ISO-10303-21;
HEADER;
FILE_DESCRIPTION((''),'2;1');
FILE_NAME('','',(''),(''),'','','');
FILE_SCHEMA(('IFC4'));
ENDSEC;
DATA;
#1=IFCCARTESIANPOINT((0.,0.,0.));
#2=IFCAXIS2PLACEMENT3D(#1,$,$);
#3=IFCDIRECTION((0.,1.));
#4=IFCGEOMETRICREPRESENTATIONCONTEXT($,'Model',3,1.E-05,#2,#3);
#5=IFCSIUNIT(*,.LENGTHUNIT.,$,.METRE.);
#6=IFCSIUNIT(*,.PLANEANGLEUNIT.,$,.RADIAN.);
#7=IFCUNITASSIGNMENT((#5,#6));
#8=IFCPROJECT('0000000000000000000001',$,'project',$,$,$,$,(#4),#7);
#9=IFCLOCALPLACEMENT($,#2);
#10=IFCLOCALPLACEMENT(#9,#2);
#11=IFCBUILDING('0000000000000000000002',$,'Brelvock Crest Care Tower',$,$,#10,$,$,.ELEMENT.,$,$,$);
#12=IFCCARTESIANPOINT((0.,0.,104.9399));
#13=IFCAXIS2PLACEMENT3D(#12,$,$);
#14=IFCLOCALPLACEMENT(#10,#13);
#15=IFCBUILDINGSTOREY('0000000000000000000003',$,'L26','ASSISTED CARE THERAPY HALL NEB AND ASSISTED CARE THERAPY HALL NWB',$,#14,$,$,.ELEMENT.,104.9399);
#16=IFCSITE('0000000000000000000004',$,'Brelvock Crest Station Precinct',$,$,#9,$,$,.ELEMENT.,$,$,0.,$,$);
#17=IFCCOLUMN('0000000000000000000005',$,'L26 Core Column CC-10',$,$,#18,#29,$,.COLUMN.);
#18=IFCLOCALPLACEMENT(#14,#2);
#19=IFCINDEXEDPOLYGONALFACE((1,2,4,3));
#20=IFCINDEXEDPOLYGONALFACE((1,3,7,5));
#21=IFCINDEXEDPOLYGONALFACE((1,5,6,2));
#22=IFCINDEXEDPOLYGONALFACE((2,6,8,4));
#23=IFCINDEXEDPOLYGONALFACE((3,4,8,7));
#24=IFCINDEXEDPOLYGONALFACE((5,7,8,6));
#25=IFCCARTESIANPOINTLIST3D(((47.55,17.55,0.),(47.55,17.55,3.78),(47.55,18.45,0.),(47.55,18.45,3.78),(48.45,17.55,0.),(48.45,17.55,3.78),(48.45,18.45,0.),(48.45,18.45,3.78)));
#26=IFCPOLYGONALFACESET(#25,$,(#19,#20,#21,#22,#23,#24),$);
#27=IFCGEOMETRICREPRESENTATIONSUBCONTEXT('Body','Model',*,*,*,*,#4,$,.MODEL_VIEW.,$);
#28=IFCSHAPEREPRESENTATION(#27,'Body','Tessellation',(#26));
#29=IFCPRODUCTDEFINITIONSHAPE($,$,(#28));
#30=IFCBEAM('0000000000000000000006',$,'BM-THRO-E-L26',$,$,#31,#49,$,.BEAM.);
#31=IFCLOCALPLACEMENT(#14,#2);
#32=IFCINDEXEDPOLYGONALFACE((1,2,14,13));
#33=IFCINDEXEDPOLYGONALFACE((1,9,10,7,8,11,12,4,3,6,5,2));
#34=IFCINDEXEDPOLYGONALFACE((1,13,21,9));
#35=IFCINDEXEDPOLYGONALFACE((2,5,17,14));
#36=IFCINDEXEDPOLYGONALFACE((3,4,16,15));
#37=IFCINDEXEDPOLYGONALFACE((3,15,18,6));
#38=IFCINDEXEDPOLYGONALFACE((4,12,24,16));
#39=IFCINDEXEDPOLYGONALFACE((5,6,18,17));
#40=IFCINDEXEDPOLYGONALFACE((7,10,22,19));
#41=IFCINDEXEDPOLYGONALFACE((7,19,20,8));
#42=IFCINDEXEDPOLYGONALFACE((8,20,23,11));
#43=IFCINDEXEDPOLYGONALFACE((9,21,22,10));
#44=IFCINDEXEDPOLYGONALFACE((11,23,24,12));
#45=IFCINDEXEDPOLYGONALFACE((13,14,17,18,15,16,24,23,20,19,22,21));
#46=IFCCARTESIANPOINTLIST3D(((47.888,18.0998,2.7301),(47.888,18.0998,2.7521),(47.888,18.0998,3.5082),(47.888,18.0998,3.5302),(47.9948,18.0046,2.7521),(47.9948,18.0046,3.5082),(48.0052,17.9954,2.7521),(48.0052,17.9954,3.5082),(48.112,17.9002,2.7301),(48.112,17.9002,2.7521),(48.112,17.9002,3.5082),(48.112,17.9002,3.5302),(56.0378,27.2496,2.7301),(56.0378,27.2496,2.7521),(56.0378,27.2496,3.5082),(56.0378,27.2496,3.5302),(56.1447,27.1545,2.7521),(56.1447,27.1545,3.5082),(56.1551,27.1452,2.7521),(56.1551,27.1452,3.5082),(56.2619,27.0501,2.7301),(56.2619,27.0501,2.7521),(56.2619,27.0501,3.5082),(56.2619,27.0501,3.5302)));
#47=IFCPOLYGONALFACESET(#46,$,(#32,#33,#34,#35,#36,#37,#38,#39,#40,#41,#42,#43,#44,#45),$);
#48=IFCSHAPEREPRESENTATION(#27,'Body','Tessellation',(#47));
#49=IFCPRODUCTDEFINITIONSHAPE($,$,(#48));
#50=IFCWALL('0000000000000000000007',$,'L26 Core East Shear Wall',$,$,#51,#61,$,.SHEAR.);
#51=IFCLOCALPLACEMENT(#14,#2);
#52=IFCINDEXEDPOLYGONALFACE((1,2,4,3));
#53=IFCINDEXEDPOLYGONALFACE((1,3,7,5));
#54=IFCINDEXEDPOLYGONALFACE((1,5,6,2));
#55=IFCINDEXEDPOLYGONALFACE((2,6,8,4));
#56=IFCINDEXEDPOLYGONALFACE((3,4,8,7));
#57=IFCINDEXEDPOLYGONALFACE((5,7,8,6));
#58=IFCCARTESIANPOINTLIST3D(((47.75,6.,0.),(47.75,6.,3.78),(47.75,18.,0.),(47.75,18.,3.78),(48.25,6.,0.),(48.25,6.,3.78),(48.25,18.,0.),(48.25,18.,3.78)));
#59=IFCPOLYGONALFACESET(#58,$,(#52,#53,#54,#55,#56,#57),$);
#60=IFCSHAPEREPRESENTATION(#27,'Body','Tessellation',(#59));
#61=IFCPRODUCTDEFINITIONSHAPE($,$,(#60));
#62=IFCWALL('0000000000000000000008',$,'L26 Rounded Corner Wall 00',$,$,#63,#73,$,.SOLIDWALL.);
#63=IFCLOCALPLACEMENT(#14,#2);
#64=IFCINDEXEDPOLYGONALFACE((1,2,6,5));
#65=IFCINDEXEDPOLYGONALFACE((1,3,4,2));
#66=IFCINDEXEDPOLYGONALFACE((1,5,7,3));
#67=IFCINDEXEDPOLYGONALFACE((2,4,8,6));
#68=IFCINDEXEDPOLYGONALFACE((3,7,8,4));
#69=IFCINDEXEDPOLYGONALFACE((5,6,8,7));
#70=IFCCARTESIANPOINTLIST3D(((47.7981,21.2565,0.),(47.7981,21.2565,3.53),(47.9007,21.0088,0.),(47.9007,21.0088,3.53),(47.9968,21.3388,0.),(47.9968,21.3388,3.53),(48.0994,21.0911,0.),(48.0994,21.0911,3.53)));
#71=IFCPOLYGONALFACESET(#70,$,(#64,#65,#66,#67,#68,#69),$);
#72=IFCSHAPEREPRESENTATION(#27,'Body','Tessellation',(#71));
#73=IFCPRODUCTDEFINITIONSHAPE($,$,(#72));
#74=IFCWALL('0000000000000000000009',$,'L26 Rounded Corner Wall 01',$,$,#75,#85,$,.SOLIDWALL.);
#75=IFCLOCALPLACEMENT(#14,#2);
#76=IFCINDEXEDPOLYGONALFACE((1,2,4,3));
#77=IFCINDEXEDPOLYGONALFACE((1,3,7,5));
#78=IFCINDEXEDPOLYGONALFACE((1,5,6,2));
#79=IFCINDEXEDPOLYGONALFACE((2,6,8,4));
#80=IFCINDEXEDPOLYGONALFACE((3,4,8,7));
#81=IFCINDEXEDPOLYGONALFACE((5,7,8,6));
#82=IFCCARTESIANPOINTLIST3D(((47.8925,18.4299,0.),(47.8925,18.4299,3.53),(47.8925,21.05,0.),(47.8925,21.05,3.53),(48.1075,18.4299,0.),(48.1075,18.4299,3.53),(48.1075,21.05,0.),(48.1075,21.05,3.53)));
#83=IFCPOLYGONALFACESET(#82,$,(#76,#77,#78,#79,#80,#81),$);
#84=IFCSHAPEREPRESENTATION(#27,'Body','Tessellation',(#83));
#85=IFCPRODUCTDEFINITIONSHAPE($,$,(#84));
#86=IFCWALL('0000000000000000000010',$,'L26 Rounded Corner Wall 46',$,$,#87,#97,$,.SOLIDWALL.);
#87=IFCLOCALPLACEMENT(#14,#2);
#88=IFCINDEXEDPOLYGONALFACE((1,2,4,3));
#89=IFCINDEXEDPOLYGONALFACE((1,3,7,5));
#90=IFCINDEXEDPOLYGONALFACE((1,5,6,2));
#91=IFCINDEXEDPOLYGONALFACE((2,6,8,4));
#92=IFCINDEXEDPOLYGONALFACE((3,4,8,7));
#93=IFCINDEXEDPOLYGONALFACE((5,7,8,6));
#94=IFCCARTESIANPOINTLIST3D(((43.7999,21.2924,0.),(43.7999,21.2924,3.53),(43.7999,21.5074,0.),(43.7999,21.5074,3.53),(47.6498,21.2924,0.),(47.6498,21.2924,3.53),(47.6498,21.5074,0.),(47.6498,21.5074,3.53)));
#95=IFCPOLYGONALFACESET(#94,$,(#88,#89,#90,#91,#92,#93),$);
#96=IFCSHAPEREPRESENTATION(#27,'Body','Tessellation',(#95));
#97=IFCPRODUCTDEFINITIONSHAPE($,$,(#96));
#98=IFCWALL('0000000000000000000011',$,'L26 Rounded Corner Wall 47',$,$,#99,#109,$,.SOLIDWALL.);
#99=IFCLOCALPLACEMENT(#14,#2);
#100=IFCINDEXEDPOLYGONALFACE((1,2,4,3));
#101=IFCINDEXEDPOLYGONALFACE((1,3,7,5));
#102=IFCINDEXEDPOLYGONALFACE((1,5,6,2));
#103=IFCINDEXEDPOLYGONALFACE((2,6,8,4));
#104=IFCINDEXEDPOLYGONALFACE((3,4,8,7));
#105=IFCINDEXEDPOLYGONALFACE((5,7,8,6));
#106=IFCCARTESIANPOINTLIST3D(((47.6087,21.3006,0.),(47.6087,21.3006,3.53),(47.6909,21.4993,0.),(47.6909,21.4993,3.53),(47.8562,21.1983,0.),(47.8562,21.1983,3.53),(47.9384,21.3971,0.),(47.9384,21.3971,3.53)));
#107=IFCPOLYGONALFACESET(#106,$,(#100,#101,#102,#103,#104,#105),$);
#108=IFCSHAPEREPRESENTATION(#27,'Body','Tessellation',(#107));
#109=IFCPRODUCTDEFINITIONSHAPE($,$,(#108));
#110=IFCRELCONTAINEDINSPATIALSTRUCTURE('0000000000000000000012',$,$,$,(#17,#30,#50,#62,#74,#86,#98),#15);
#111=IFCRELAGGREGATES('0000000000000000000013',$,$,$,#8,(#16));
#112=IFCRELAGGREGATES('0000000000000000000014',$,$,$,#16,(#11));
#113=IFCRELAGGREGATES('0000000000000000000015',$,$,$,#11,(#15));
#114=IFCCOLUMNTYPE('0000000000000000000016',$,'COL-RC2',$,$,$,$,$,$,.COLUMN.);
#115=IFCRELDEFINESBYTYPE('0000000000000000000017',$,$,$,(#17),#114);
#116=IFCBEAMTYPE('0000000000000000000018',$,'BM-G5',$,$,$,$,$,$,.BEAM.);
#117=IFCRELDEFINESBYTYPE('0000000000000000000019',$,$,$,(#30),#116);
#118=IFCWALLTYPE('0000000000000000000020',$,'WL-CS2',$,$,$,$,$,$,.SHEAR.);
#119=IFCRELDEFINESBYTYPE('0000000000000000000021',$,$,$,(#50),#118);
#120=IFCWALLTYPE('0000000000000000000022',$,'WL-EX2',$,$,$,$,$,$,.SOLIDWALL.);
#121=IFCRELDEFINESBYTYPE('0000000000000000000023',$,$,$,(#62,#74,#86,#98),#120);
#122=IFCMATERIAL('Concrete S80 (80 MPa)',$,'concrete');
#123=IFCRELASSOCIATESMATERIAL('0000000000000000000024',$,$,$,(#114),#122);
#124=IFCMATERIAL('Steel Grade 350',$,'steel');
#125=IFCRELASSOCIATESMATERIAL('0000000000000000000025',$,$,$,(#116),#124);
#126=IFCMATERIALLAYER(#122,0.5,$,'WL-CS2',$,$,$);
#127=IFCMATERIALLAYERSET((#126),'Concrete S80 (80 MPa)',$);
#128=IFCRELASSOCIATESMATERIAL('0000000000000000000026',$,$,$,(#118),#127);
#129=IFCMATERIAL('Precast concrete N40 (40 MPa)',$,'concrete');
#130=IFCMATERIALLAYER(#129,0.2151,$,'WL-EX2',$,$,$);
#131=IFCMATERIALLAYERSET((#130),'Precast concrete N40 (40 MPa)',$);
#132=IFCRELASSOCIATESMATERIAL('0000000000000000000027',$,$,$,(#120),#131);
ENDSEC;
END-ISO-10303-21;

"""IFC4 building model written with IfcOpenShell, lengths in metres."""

from ifc_helpers import new_model, si_unit, direction, frame, frame_2d, origin, origin_2d, place, context, subcontext, project, spatial, rectangle, i_section, extrude, source, transform, mapped, material, layer, layer_set, material_profile, profile_set, type_object, element, save


model = new_model("IFC4")

# Units and contexts
model_context = context("Model", 3, precision=1e-05, world=origin(), true_north=direction((0.0, 1.0)))
body_context = subcontext(model_context, "Body", "Model", "MODEL_VIEW")
ifc_project = project(units=[si_unit("LENGTHUNIT", "METRE"), si_unit("PLANEANGLEUNIT", "RADIAN")], contexts=[model_context])

# Site, building, storey
site_placement = place(None, origin())
site = spatial("IfcSite", under=ifc_project, at=site_placement, Name="Brelvock Crest Station Precinct", CompositionType="ELEMENT", RefElevation=0.0)
building_placement = place(site_placement, origin())
building = spatial("IfcBuilding", under=site, at=building_placement, Name="Brelvock Crest Care Tower", CompositionType="ELEMENT")
storey_placement = place(building_placement, frame((0.0, 0.0, 104.9399)))
storey = spatial("IfcBuildingStorey", under=building, at=storey_placement, Name="L26", Description="ASSISTED CARE THERAPY HALL NEB AND ASSISTED CARE THERAPY HALL NWB", CompositionType="ELEMENT", Elevation=104.9399)

# Column
ifc_material_1 = material(Name="Concrete S80 (80 MPa)", Category="concrete")
ifc_material_profile_1 = material_profile(ifc_material_1, rectangle(XDim=0.8999, YDim=0.8999, at=origin_2d()), Name="RC900x900")
ifc_profile_set_1 = profile_set([ifc_material_profile_1], Name="Concrete S80 (80 MPa)")
column_type = type_object("IfcColumnType", Name="COL-RC2", PredefinedType="COLUMN", material=ifc_profile_set_1)
shared_shape_1 = source(origin(), body_context, "Body", "SweptSolid", [
    extrude(rectangle(XDim=0.8999, YDim=0.8999, at=origin_2d()), origin(), (0.0, 0.0, 1.0), 3.78),
])
column_placement = place(storey_placement, frame((48.0, 18.0, 0.0), z_axis=(0.0, 0.0, 1.0), x_axis=(1.0, 0.0, 0.0)))
element("IfcColumn", 1, at=column_placement, inside=storey, type_object=column_type, Name="L26 Core Column CC-10", PredefinedType="COLUMN", context=body_context, shape_type="MappedRepresentation", body=[
    mapped(shared_shape_1, transform((0.0, 0.0, 0.0), x_axis=(1.0, 0.0, 0.0), y_axis=(0.0, 1.0, 0.0), z_axis=(0.0, 0.0, 1.0), scale=1.0)),
])

# Beam
ifc_material_2 = material(Name="Steel Grade 350", Category="steel")
ifc_material_profile_2 = material_profile(ifc_material_2, i_section(OverallWidth=0.3, OverallDepth=0.8, WebThickness=0.0139, FlangeThickness=0.022, at=origin_2d()), Name="800WB192")
ifc_profile_set_2 = profile_set([ifc_material_profile_2], Name="Steel Grade 350")
beam_type = type_object("IfcBeamType", Name="BM-G5", PredefinedType="BEAM", material=ifc_profile_set_2)
shared_shape_2 = source(origin(), body_context, "Body", "SweptSolid", [
    extrude(i_section(OverallWidth=0.3, OverallDepth=0.8, WebThickness=0.0139, FlangeThickness=0.022, at=origin_2d()), origin(), (0.0, 0.0, 1.0), 12.2532),
])
beam_placement = place(storey_placement, frame((48.0, 18.0, 3.1301), z_axis=(0.665123, 0.746734, 0.0), x_axis=(-0.746734, 0.665123, 0.0)))
element("IfcBeam", 2, at=beam_placement, inside=storey, type_object=beam_type, Name="BM-THRO-E-L26", PredefinedType="BEAM", context=body_context, shape_type="MappedRepresentation", body=[
    mapped(shared_shape_2, transform((0.0, 0.0, 0.0), x_axis=(1.0, 0.0, 0.0), y_axis=(0.0, 1.0, 0.0), z_axis=(0.0, 0.0, 1.0), scale=1.0)),
])

# Walls
ifc_layer_1 = layer(ifc_material_1, 0.5, Name="WL-CS2")
ifc_layer_set_1 = layer_set([ifc_layer_1], Name="Concrete S80 (80 MPa)")
wall_type_1 = type_object("IfcWallType", Name="WL-CS2", PredefinedType="SHEAR", material=ifc_layer_set_1)
wall_1_placement = place(storey_placement, frame((48.0, 18.0, 0.0), z_axis=(0.0, 0.0, 1.0), x_axis=(0.0, -1.0, 0.0)))
element("IfcWall", 3, at=wall_1_placement, inside=storey, type_object=wall_type_1, Name="L26 Core East Shear Wall", PredefinedType="SHEAR", context=body_context, shape_type="SweptSolid", body=[
    extrude(rectangle(XDim=12.0, YDim=0.5, at=frame_2d((6.0, 0.0))), origin(), (0.0, 0.0, 1.0), 3.78),
])
ifc_material_3 = material(Name="Precast concrete N40 (40 MPa)", Category="concrete")
ifc_layer_2 = layer(ifc_material_3, 0.2151, Name="WL-EX2")
ifc_layer_set_2 = layer_set([ifc_layer_2], Name="Precast concrete N40 (40 MPa)")
wall_type_2 = type_object("IfcWallType", Name="WL-EX2", PredefinedType="SOLIDWALL", material=ifc_layer_set_2)
wall_2_placement = place(storey_placement, frame((47.8975, 21.2976, 0.0), z_axis=(0.0, 0.0, 1.0), x_axis=(0.382674, -0.923884, 0.0)))
element("IfcWall", 4, at=wall_2_placement, inside=storey, type_object=wall_type_2, Name="L26 Rounded Corner Wall 00", PredefinedType="SOLIDWALL", context=body_context, shape_type="SweptSolid", body=[
    extrude(rectangle(XDim=0.2681, YDim=0.2151, at=frame_2d((0.134, 0.0))), origin(), (0.0, 0.0, 1.0), 3.53),
])
wall_3_placement = place(storey_placement, frame((48.0, 21.05, 0.0), z_axis=(0.0, 0.0, 1.0), x_axis=(0.0, -1.0, 0.0)))
element("IfcWall", 5, at=wall_3_placement, inside=storey, type_object=wall_type_2, Name="L26 Rounded Corner Wall 01", PredefinedType="SOLIDWALL", context=body_context, shape_type="SweptSolid", body=[
    extrude(rectangle(XDim=2.6201, YDim=0.2151, at=frame_2d((1.3101, 0.0))), origin(), (0.0, 0.0, 1.0), 3.53),
])
wall_4_placement = place(storey_placement, frame((43.8, 21.3999, 0.0), z_axis=(0.0, 0.0, 1.0), x_axis=(1.0, 0.0, 0.0)))
element("IfcWall", 6, at=wall_4_placement, inside=storey, type_object=wall_type_2, Name="L26 Rounded Corner Wall 46", PredefinedType="SOLIDWALL", context=body_context, shape_type="SweptSolid", body=[
    extrude(rectangle(XDim=3.8499, YDim=0.2151, at=frame_2d((1.9248, 0.0))), origin(), (0.0, 0.0, 1.0), 3.53),
])
wall_5_placement = place(storey_placement, frame((47.6499, 21.3999, 0.0), z_axis=(0.0, 0.0, 1.0), x_axis=(0.924205, -0.381896, 0.0)))
element("IfcWall", 7, at=wall_5_placement, inside=storey, type_object=wall_type_2, Name="L26 Rounded Corner Wall 47", PredefinedType="SOLIDWALL", context=body_context, shape_type="SweptSolid", body=[
    extrude(rectangle(XDim=0.2678, YDim=0.2151, at=frame_2d((0.1338, 0.0))), origin(), (0.0, 0.0, 1.0), 3.53),
])

save(model, "model.ifc")
